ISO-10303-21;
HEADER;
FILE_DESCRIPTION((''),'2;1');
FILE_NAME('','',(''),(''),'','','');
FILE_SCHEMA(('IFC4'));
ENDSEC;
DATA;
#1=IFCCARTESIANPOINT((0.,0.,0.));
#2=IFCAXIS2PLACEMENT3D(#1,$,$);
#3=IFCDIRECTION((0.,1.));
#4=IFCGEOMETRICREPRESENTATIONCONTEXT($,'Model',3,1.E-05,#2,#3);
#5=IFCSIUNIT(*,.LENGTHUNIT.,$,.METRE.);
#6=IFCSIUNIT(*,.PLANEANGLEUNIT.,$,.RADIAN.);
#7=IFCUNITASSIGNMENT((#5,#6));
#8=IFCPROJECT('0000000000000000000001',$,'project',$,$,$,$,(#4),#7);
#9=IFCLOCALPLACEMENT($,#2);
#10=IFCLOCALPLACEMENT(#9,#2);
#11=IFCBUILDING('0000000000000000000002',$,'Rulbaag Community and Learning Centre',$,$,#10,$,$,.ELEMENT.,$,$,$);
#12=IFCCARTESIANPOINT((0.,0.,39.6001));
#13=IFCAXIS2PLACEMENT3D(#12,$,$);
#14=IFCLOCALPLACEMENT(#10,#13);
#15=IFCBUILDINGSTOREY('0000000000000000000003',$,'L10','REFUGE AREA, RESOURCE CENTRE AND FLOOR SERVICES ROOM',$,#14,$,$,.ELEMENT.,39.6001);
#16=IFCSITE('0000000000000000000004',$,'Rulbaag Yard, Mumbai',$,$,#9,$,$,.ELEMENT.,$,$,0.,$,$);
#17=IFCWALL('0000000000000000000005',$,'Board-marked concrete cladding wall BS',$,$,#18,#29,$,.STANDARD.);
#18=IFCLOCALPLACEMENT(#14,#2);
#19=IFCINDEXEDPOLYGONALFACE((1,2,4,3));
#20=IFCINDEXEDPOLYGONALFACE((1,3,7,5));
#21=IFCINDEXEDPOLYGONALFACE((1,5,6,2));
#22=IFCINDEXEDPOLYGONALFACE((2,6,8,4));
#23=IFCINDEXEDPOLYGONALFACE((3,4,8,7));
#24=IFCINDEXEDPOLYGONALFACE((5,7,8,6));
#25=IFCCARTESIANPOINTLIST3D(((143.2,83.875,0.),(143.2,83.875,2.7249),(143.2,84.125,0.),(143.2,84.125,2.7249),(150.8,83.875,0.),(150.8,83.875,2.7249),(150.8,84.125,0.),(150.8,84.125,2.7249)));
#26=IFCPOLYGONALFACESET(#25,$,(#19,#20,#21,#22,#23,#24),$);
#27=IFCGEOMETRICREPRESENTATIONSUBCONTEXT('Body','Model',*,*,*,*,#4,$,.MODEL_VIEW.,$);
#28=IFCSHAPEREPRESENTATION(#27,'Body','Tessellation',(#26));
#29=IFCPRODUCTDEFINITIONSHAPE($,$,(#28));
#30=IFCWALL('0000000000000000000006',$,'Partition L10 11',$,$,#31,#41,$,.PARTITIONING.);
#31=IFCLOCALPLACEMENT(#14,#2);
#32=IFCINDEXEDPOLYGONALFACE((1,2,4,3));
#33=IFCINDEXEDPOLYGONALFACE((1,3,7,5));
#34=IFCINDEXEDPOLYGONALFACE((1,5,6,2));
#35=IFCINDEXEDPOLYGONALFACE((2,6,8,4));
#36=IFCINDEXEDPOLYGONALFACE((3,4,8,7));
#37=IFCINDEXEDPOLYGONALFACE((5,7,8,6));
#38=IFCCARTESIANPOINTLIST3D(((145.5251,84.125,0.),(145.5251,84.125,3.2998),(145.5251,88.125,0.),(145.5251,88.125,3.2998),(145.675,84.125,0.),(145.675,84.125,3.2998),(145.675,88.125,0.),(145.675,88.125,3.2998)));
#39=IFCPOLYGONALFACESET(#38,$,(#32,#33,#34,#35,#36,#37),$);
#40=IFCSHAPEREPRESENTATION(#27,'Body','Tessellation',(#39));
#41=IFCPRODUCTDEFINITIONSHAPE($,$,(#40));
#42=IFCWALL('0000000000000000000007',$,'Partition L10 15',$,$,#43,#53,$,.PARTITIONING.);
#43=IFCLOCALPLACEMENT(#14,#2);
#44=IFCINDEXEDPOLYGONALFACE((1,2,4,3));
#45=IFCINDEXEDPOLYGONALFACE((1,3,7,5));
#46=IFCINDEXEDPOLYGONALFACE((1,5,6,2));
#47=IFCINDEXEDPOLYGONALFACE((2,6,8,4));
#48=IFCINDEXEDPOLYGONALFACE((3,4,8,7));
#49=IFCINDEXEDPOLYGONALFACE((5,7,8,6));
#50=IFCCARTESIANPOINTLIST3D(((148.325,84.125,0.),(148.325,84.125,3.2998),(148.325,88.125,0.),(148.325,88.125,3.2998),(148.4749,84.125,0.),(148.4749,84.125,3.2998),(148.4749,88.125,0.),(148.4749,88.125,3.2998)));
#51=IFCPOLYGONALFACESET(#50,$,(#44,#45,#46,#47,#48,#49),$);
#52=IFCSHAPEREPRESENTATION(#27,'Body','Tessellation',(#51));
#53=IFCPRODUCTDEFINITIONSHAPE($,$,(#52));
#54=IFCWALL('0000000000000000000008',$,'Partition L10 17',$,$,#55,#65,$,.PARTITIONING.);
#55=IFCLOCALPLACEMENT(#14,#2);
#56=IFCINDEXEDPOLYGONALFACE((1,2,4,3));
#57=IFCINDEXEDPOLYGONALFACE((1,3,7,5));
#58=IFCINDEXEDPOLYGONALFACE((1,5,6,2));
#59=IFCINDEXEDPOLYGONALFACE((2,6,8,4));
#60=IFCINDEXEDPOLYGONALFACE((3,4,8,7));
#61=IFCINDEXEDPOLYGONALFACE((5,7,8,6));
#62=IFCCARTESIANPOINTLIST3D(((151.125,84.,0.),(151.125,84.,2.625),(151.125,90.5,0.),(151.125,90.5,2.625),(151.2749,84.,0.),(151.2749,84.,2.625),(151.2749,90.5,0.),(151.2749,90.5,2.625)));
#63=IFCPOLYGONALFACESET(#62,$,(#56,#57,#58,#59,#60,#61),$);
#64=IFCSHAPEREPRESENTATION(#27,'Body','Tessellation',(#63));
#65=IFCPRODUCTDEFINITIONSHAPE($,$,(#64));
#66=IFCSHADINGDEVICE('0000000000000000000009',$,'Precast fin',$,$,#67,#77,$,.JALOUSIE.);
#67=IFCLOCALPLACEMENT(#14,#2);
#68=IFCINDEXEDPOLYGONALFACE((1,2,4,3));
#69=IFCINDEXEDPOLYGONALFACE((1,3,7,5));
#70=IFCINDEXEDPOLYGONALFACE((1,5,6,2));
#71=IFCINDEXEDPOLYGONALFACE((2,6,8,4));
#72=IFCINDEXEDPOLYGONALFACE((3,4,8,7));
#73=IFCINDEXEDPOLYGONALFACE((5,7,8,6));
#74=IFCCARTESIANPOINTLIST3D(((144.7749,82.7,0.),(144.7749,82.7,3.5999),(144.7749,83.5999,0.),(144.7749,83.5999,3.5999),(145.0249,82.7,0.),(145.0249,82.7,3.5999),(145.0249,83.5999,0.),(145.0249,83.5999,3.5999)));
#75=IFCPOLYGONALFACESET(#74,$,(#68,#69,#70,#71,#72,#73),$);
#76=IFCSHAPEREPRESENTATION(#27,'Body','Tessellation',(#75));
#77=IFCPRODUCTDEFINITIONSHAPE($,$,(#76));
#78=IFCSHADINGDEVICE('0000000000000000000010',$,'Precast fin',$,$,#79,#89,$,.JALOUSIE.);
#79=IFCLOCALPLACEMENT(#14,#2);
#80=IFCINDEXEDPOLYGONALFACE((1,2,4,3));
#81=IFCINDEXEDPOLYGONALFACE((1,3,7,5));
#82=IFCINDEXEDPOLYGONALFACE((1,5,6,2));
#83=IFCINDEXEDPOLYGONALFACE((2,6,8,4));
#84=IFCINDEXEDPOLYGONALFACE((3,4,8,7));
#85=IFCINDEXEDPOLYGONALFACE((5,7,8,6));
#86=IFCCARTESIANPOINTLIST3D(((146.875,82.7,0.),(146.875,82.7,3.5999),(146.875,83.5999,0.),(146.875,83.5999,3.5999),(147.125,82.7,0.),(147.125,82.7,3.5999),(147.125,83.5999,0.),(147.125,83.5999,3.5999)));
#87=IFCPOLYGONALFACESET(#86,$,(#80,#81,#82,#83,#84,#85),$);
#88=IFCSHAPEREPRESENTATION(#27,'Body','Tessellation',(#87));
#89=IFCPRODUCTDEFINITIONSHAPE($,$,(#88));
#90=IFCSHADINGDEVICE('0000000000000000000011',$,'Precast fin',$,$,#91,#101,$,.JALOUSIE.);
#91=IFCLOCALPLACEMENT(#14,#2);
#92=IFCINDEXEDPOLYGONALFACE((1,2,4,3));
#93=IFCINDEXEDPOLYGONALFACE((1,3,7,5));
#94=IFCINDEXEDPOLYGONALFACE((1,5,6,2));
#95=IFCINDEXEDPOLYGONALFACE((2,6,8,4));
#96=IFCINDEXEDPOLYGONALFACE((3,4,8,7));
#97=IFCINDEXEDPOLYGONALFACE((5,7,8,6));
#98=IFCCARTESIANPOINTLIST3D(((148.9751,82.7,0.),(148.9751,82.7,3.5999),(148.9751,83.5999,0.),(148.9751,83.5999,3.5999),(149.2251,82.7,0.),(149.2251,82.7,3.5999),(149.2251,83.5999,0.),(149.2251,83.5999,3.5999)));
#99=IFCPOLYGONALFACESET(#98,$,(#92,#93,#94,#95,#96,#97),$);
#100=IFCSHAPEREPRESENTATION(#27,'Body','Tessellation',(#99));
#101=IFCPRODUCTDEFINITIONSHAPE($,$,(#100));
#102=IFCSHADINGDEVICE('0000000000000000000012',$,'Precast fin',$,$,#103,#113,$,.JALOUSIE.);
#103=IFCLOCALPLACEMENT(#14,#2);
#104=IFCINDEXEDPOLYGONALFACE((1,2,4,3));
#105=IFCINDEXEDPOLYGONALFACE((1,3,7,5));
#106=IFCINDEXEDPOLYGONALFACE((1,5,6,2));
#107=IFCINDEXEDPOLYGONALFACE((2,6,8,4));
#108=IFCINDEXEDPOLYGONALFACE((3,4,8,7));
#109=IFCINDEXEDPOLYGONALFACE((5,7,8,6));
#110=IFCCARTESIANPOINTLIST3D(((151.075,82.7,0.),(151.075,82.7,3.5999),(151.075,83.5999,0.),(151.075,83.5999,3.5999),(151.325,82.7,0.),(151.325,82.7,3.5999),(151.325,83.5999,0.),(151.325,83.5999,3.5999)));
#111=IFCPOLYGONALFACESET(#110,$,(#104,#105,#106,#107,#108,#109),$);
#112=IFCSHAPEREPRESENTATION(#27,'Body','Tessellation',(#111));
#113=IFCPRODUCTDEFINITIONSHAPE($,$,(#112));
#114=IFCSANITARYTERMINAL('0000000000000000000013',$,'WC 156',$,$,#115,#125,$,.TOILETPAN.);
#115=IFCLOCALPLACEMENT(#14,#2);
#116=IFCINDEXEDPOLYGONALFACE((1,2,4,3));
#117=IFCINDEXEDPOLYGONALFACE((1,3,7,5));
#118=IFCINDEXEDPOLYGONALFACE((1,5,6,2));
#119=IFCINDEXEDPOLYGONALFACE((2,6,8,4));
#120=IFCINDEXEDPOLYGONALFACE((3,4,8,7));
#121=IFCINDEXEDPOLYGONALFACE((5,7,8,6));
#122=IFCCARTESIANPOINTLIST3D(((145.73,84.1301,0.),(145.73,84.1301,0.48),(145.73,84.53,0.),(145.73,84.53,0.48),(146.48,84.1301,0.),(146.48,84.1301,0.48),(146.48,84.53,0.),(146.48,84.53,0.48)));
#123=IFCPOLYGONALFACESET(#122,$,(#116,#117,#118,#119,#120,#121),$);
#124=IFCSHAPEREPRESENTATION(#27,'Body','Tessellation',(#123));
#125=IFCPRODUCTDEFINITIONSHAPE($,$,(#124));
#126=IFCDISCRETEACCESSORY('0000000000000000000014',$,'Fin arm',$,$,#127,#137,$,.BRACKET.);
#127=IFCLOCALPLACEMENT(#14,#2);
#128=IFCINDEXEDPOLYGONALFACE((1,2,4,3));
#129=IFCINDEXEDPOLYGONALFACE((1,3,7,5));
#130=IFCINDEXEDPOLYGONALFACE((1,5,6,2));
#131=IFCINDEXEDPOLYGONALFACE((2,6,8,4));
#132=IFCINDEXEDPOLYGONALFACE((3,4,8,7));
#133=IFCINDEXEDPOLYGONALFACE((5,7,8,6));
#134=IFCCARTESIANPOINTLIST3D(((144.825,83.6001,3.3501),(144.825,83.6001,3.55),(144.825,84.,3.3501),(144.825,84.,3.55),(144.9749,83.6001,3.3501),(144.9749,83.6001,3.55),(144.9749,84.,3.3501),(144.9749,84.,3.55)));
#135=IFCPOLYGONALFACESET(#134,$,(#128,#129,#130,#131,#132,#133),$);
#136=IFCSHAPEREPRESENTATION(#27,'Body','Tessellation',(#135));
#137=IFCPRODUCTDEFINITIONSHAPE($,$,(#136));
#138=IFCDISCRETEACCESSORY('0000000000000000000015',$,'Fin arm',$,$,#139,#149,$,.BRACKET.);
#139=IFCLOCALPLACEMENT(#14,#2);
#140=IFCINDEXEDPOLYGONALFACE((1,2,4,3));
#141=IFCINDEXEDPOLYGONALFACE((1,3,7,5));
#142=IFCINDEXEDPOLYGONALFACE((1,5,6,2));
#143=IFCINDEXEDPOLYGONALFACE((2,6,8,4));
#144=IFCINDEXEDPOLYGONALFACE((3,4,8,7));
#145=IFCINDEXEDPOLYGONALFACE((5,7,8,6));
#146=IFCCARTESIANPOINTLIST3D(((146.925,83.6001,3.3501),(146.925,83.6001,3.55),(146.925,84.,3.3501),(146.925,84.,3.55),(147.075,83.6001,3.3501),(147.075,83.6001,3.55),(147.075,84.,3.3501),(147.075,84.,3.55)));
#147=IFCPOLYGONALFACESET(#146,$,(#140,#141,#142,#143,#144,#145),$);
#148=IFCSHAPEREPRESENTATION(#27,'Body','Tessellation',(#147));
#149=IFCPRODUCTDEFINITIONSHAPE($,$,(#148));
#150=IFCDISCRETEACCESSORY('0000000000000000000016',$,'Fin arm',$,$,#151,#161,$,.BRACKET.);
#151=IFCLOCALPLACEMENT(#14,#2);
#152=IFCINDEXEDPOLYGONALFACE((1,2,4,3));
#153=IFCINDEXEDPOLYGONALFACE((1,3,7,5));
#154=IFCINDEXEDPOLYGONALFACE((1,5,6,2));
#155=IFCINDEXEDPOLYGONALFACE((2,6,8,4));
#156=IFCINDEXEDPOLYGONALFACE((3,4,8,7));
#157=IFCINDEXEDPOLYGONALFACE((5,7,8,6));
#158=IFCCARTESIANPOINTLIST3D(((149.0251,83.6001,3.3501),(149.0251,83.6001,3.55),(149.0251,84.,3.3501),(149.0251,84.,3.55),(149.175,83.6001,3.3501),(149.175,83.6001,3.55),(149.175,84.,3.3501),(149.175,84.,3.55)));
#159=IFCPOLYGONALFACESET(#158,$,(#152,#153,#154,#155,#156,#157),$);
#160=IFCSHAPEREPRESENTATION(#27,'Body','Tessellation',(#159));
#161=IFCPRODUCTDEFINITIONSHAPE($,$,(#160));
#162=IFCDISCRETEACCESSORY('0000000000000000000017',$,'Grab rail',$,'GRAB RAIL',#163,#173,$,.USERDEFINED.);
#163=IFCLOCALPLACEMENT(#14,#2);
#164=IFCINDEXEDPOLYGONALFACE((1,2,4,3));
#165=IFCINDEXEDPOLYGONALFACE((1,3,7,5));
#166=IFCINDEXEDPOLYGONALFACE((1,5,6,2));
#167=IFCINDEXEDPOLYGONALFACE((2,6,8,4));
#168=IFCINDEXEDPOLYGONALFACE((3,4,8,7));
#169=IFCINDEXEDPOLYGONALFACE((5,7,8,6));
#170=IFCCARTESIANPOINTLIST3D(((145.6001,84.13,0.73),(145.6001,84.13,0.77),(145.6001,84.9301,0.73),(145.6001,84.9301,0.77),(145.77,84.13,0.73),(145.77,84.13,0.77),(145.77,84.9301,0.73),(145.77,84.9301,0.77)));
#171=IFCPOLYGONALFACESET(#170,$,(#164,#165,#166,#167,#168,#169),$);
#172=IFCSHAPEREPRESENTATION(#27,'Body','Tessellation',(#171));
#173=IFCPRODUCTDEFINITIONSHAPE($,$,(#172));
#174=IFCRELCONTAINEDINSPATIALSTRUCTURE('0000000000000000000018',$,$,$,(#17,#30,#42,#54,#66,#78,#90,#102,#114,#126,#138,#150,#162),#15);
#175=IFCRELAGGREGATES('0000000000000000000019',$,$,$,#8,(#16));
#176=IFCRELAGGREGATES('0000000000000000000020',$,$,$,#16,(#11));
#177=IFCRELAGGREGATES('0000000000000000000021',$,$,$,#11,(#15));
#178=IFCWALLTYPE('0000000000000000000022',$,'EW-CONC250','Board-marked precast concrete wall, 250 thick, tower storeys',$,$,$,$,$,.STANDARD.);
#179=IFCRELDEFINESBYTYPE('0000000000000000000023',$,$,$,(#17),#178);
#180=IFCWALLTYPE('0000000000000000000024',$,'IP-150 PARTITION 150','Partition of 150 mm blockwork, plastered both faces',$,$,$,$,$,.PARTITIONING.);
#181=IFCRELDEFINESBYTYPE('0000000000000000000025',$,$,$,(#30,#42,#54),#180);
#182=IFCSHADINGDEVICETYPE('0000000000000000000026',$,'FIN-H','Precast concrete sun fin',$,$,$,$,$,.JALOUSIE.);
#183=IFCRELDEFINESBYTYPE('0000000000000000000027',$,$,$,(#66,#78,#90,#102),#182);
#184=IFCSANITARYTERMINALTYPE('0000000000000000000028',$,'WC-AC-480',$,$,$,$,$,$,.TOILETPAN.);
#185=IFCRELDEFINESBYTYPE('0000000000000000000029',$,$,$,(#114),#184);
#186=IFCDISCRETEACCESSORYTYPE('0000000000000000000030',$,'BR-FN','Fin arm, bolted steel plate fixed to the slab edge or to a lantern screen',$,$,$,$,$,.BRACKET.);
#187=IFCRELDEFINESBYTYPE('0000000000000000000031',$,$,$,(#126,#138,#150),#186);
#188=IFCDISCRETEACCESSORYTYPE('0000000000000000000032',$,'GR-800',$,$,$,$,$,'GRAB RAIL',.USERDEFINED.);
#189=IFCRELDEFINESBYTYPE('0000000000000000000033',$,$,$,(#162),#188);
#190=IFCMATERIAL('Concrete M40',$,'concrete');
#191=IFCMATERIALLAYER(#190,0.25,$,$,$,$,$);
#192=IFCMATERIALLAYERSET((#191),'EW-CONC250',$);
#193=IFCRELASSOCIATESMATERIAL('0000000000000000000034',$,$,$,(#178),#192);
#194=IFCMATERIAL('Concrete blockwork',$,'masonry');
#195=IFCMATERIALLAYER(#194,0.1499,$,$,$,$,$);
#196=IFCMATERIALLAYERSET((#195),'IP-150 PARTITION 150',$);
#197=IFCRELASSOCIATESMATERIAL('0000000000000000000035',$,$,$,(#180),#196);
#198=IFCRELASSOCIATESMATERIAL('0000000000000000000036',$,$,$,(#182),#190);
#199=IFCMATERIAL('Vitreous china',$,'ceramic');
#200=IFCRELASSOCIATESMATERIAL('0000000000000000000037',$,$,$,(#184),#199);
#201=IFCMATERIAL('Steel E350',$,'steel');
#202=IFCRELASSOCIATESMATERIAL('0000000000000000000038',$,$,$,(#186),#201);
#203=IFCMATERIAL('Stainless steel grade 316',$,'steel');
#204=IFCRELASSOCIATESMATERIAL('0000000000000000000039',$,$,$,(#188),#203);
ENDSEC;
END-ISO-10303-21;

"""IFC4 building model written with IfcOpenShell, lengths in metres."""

from ifc_helpers import new_model, si_unit, direction, frame, frame_2d, origin, origin_2d, place, context, subcontext, project, spatial, rectangle, extrude, material, layer, layer_set, material_profile, profile_set, type_object, element, save


model = new_model("IFC4")

# Units and contexts
model_context = context("Model", 3, precision=1e-05, world=origin(), true_north=direction((0.0, 1.0)))
body_context = subcontext(model_context, "Body", "Model", "MODEL_VIEW")
ifc_project = project(units=[si_unit("LENGTHUNIT", "METRE"), si_unit("PLANEANGLEUNIT", "RADIAN")], contexts=[model_context])

# Site, building, storey
site_placement = place(None, origin())
site = spatial("IfcSite", under=ifc_project, at=site_placement, Name="Rulbaag Yard, Mumbai", CompositionType="ELEMENT", RefElevation=0.0)
building_placement = place(site_placement, origin())
building = spatial("IfcBuilding", under=site, at=building_placement, Name="Rulbaag Community and Learning Centre", CompositionType="ELEMENT")
storey_placement = place(building_placement, frame((0.0, 0.0, 39.6001)))
storey = spatial("IfcBuildingStorey", under=building, at=storey_placement, Name="L10", Description="REFUGE AREA, RESOURCE CENTRE AND FLOOR SERVICES ROOM", CompositionType="ELEMENT", Elevation=39.6001)

# Shared definitions
ifc_material_1 = material(Name="Concrete M40", Category="concrete")

# Walls
ifc_layer_1 = layer(ifc_material_1, 0.25)
ifc_layer_set_1 = layer_set([ifc_layer_1], Name="EW-CONC250")
wall_type_1 = type_object("IfcWallType", Name="EW-CONC250", Description="Board-marked precast concrete wall, 250 thick, tower storeys", PredefinedType="STANDARD", material=ifc_layer_set_1)
wall_1_placement = place(storey_placement, frame((143.2, 84.0, 0.0), z_axis=(0.0, 0.0, 1.0), x_axis=(1.0, 0.0, 0.0)))
element("IfcWall", 1, at=wall_1_placement, inside=storey, type_object=wall_type_1, Name="Board-marked concrete cladding wall BS", PredefinedType="STANDARD", context=body_context, shape_type="SweptSolid", body=[
    extrude(rectangle(XDim=7.6001, YDim=0.25, at=frame_2d((3.8, 0.0))), origin(), (0.0, 0.0, 1.0), 2.7249),
])
ifc_material_2 = material(Name="Concrete blockwork", Category="masonry")
ifc_layer_2 = layer(ifc_material_2, 0.1499)
ifc_layer_set_2 = layer_set([ifc_layer_2], Name="IP-150 PARTITION 150")
wall_type_2 = type_object("IfcWallType", Name="IP-150 PARTITION 150", Description="Partition of 150 mm blockwork, plastered both faces", PredefinedType="PARTITIONING", material=ifc_layer_set_2)
for number, where, z_axis, x_axis, name in (
    (2, (145.6001, 84.125, 0.0), (0.0, 0.0, 1.0), (0.0, 1.0, 0.0), "Partition L10 11"),
    (3, (148.3999, 84.125, 0.0), (0.0, 0.0, 1.0), (0.0, 1.0, 0.0), "Partition L10 15"),
):
    element("IfcWall", number, at=place(storey_placement, frame(where, z_axis=z_axis, x_axis=x_axis)), inside=storey, type_object=wall_type_2, Name=name, PredefinedType="PARTITIONING", context=body_context, shape_type="SweptSolid", body=[
        extrude(rectangle(XDim=4.0, YDim=0.1499, at=frame_2d((2.0, 0.0))), origin(), (0.0, 0.0, 1.0), 3.2998),
    ])
wall_2_placement = place(storey_placement, frame((151.2, 84.0, 0.0), z_axis=(0.0, 0.0, 1.0), x_axis=(0.0, 1.0, 0.0)))
element("IfcWall", 4, at=wall_2_placement, inside=storey, type_object=wall_type_2, Name="Partition L10 17", PredefinedType="PARTITIONING", context=body_context, shape_type="SweptSolid", body=[
    extrude(rectangle(XDim=6.5, YDim=0.1499, at=frame_2d((3.25, 0.0))), origin(), (0.0, 0.0, 1.0), 2.625),
])

# Shading devices
ifc_material_profile_1 = material_profile(ifc_material_1, rectangle(XDim=0.25, YDim=0.8999, at=origin_2d()), Name="PC 250x900")
ifc_profile_set_1 = profile_set([ifc_material_profile_1], Name="Concrete M40")
shading_device_type = type_object("IfcShadingDeviceType", Name="FIN-H", Description="Precast concrete sun fin", PredefinedType="JALOUSIE", material=ifc_profile_set_1)
for number, where, z_axis, x_axis, name in (
    (5, (144.8999, 83.1499, 0.0), (0.0, 0.0, 1.0), (1.0, 0.0, 0.0), "Precast fin"),
    (6, (147.0, 83.1499, 0.0), (0.0, 0.0, 1.0), (1.0, 0.0, 0.0), "Precast fin"),
    (7, (149.1001, 83.1499, 0.0), (0.0, 0.0, 1.0), (1.0, 0.0, 0.0), "Precast fin"),
    (8, (151.2, 83.1499, 0.0), (0.0, 0.0, 1.0), (1.0, 0.0, 0.0), "Precast fin"),
):
    element("IfcShadingDevice", number, at=place(storey_placement, frame(where, z_axis=z_axis, x_axis=x_axis)), inside=storey, type_object=shading_device_type, Name=name, PredefinedType="JALOUSIE", context=body_context, shape_type="SweptSolid", body=[
        extrude(rectangle(XDim=0.25, YDim=0.8999, at=origin_2d()), origin(), (0.0, 0.0, 1.0), 3.5999),
    ])

# Sanitary terminal
ifc_material_3 = material(Name="Vitreous china", Category="ceramic")
sanitary_terminal_type = type_object("IfcSanitaryTerminalType", Name="WC-AC-480", PredefinedType="TOILETPAN", material=ifc_material_3)
sanitary_terminal_placement = place(storey_placement, frame((146.105, 84.3301, 0.0), z_axis=(0.0, 0.0, 1.0), x_axis=(1.0, 0.0, 0.0)))
element("IfcSanitaryTerminal", 9, at=sanitary_terminal_placement, inside=storey, type_object=sanitary_terminal_type, Name="WC 156", PredefinedType="TOILETPAN", context=body_context, shape_type="SweptSolid", body=[
    extrude(rectangle(XDim=0.75, YDim=0.3999, at=origin_2d()), origin(), (0.0, 0.0, 1.0), 0.48),
])

# Discrete accessories
ifc_material_4 = material(Name="Steel E350", Category="steel")
discrete_accessory_type_1 = type_object("IfcDiscreteAccessoryType", Name="BR-FN", Description="Fin arm, bolted steel plate fixed to the slab edge or to a lantern screen", PredefinedType="BRACKET", material=ifc_material_4)
for number, where, z_axis, x_axis, name in (
    (10, (144.8999, 83.8, 3.3501), (0.0, 0.0, 1.0), (1.0, 0.0, 0.0), "Fin arm"),
    (11, (147.0, 83.8, 3.3501), (0.0, 0.0, 1.0), (1.0, 0.0, 0.0), "Fin arm"),
    (12, (149.1001, 83.8, 3.3501), (0.0, 0.0, 1.0), (1.0, 0.0, 0.0), "Fin arm"),
):
    element("IfcDiscreteAccessory", number, at=place(storey_placement, frame(where, z_axis=z_axis, x_axis=x_axis)), inside=storey, type_object=discrete_accessory_type_1, Name=name, PredefinedType="BRACKET", context=body_context, shape_type="SweptSolid", body=[
        extrude(rectangle(XDim=0.1499, YDim=0.3999, at=origin_2d()), origin(), (0.0, 0.0, 1.0), 0.2),
    ])
ifc_material_5 = material(Name="Stainless steel grade 316", Category="steel")
discrete_accessory_type_2 = type_object("IfcDiscreteAccessoryType", Name="GR-800", ElementType="GRAB RAIL", PredefinedType="USERDEFINED", material=ifc_material_5)
discrete_accessory_placement = place(storey_placement, frame((145.6851, 84.53, 0.73), z_axis=(0.0, 0.0, 1.0), x_axis=(1.0, 0.0, 0.0)))
element("IfcDiscreteAccessory", 13, at=discrete_accessory_placement, inside=storey, type_object=discrete_accessory_type_2, Name="Grab rail", ObjectType="GRAB RAIL", PredefinedType="USERDEFINED", context=body_context, shape_type="SweptSolid", body=[
    extrude(rectangle(XDim=0.1699, YDim=0.8, at=origin_2d()), origin(), (0.0, 0.0, 1.0), 0.04),
])

save(model, "model.ifc")
